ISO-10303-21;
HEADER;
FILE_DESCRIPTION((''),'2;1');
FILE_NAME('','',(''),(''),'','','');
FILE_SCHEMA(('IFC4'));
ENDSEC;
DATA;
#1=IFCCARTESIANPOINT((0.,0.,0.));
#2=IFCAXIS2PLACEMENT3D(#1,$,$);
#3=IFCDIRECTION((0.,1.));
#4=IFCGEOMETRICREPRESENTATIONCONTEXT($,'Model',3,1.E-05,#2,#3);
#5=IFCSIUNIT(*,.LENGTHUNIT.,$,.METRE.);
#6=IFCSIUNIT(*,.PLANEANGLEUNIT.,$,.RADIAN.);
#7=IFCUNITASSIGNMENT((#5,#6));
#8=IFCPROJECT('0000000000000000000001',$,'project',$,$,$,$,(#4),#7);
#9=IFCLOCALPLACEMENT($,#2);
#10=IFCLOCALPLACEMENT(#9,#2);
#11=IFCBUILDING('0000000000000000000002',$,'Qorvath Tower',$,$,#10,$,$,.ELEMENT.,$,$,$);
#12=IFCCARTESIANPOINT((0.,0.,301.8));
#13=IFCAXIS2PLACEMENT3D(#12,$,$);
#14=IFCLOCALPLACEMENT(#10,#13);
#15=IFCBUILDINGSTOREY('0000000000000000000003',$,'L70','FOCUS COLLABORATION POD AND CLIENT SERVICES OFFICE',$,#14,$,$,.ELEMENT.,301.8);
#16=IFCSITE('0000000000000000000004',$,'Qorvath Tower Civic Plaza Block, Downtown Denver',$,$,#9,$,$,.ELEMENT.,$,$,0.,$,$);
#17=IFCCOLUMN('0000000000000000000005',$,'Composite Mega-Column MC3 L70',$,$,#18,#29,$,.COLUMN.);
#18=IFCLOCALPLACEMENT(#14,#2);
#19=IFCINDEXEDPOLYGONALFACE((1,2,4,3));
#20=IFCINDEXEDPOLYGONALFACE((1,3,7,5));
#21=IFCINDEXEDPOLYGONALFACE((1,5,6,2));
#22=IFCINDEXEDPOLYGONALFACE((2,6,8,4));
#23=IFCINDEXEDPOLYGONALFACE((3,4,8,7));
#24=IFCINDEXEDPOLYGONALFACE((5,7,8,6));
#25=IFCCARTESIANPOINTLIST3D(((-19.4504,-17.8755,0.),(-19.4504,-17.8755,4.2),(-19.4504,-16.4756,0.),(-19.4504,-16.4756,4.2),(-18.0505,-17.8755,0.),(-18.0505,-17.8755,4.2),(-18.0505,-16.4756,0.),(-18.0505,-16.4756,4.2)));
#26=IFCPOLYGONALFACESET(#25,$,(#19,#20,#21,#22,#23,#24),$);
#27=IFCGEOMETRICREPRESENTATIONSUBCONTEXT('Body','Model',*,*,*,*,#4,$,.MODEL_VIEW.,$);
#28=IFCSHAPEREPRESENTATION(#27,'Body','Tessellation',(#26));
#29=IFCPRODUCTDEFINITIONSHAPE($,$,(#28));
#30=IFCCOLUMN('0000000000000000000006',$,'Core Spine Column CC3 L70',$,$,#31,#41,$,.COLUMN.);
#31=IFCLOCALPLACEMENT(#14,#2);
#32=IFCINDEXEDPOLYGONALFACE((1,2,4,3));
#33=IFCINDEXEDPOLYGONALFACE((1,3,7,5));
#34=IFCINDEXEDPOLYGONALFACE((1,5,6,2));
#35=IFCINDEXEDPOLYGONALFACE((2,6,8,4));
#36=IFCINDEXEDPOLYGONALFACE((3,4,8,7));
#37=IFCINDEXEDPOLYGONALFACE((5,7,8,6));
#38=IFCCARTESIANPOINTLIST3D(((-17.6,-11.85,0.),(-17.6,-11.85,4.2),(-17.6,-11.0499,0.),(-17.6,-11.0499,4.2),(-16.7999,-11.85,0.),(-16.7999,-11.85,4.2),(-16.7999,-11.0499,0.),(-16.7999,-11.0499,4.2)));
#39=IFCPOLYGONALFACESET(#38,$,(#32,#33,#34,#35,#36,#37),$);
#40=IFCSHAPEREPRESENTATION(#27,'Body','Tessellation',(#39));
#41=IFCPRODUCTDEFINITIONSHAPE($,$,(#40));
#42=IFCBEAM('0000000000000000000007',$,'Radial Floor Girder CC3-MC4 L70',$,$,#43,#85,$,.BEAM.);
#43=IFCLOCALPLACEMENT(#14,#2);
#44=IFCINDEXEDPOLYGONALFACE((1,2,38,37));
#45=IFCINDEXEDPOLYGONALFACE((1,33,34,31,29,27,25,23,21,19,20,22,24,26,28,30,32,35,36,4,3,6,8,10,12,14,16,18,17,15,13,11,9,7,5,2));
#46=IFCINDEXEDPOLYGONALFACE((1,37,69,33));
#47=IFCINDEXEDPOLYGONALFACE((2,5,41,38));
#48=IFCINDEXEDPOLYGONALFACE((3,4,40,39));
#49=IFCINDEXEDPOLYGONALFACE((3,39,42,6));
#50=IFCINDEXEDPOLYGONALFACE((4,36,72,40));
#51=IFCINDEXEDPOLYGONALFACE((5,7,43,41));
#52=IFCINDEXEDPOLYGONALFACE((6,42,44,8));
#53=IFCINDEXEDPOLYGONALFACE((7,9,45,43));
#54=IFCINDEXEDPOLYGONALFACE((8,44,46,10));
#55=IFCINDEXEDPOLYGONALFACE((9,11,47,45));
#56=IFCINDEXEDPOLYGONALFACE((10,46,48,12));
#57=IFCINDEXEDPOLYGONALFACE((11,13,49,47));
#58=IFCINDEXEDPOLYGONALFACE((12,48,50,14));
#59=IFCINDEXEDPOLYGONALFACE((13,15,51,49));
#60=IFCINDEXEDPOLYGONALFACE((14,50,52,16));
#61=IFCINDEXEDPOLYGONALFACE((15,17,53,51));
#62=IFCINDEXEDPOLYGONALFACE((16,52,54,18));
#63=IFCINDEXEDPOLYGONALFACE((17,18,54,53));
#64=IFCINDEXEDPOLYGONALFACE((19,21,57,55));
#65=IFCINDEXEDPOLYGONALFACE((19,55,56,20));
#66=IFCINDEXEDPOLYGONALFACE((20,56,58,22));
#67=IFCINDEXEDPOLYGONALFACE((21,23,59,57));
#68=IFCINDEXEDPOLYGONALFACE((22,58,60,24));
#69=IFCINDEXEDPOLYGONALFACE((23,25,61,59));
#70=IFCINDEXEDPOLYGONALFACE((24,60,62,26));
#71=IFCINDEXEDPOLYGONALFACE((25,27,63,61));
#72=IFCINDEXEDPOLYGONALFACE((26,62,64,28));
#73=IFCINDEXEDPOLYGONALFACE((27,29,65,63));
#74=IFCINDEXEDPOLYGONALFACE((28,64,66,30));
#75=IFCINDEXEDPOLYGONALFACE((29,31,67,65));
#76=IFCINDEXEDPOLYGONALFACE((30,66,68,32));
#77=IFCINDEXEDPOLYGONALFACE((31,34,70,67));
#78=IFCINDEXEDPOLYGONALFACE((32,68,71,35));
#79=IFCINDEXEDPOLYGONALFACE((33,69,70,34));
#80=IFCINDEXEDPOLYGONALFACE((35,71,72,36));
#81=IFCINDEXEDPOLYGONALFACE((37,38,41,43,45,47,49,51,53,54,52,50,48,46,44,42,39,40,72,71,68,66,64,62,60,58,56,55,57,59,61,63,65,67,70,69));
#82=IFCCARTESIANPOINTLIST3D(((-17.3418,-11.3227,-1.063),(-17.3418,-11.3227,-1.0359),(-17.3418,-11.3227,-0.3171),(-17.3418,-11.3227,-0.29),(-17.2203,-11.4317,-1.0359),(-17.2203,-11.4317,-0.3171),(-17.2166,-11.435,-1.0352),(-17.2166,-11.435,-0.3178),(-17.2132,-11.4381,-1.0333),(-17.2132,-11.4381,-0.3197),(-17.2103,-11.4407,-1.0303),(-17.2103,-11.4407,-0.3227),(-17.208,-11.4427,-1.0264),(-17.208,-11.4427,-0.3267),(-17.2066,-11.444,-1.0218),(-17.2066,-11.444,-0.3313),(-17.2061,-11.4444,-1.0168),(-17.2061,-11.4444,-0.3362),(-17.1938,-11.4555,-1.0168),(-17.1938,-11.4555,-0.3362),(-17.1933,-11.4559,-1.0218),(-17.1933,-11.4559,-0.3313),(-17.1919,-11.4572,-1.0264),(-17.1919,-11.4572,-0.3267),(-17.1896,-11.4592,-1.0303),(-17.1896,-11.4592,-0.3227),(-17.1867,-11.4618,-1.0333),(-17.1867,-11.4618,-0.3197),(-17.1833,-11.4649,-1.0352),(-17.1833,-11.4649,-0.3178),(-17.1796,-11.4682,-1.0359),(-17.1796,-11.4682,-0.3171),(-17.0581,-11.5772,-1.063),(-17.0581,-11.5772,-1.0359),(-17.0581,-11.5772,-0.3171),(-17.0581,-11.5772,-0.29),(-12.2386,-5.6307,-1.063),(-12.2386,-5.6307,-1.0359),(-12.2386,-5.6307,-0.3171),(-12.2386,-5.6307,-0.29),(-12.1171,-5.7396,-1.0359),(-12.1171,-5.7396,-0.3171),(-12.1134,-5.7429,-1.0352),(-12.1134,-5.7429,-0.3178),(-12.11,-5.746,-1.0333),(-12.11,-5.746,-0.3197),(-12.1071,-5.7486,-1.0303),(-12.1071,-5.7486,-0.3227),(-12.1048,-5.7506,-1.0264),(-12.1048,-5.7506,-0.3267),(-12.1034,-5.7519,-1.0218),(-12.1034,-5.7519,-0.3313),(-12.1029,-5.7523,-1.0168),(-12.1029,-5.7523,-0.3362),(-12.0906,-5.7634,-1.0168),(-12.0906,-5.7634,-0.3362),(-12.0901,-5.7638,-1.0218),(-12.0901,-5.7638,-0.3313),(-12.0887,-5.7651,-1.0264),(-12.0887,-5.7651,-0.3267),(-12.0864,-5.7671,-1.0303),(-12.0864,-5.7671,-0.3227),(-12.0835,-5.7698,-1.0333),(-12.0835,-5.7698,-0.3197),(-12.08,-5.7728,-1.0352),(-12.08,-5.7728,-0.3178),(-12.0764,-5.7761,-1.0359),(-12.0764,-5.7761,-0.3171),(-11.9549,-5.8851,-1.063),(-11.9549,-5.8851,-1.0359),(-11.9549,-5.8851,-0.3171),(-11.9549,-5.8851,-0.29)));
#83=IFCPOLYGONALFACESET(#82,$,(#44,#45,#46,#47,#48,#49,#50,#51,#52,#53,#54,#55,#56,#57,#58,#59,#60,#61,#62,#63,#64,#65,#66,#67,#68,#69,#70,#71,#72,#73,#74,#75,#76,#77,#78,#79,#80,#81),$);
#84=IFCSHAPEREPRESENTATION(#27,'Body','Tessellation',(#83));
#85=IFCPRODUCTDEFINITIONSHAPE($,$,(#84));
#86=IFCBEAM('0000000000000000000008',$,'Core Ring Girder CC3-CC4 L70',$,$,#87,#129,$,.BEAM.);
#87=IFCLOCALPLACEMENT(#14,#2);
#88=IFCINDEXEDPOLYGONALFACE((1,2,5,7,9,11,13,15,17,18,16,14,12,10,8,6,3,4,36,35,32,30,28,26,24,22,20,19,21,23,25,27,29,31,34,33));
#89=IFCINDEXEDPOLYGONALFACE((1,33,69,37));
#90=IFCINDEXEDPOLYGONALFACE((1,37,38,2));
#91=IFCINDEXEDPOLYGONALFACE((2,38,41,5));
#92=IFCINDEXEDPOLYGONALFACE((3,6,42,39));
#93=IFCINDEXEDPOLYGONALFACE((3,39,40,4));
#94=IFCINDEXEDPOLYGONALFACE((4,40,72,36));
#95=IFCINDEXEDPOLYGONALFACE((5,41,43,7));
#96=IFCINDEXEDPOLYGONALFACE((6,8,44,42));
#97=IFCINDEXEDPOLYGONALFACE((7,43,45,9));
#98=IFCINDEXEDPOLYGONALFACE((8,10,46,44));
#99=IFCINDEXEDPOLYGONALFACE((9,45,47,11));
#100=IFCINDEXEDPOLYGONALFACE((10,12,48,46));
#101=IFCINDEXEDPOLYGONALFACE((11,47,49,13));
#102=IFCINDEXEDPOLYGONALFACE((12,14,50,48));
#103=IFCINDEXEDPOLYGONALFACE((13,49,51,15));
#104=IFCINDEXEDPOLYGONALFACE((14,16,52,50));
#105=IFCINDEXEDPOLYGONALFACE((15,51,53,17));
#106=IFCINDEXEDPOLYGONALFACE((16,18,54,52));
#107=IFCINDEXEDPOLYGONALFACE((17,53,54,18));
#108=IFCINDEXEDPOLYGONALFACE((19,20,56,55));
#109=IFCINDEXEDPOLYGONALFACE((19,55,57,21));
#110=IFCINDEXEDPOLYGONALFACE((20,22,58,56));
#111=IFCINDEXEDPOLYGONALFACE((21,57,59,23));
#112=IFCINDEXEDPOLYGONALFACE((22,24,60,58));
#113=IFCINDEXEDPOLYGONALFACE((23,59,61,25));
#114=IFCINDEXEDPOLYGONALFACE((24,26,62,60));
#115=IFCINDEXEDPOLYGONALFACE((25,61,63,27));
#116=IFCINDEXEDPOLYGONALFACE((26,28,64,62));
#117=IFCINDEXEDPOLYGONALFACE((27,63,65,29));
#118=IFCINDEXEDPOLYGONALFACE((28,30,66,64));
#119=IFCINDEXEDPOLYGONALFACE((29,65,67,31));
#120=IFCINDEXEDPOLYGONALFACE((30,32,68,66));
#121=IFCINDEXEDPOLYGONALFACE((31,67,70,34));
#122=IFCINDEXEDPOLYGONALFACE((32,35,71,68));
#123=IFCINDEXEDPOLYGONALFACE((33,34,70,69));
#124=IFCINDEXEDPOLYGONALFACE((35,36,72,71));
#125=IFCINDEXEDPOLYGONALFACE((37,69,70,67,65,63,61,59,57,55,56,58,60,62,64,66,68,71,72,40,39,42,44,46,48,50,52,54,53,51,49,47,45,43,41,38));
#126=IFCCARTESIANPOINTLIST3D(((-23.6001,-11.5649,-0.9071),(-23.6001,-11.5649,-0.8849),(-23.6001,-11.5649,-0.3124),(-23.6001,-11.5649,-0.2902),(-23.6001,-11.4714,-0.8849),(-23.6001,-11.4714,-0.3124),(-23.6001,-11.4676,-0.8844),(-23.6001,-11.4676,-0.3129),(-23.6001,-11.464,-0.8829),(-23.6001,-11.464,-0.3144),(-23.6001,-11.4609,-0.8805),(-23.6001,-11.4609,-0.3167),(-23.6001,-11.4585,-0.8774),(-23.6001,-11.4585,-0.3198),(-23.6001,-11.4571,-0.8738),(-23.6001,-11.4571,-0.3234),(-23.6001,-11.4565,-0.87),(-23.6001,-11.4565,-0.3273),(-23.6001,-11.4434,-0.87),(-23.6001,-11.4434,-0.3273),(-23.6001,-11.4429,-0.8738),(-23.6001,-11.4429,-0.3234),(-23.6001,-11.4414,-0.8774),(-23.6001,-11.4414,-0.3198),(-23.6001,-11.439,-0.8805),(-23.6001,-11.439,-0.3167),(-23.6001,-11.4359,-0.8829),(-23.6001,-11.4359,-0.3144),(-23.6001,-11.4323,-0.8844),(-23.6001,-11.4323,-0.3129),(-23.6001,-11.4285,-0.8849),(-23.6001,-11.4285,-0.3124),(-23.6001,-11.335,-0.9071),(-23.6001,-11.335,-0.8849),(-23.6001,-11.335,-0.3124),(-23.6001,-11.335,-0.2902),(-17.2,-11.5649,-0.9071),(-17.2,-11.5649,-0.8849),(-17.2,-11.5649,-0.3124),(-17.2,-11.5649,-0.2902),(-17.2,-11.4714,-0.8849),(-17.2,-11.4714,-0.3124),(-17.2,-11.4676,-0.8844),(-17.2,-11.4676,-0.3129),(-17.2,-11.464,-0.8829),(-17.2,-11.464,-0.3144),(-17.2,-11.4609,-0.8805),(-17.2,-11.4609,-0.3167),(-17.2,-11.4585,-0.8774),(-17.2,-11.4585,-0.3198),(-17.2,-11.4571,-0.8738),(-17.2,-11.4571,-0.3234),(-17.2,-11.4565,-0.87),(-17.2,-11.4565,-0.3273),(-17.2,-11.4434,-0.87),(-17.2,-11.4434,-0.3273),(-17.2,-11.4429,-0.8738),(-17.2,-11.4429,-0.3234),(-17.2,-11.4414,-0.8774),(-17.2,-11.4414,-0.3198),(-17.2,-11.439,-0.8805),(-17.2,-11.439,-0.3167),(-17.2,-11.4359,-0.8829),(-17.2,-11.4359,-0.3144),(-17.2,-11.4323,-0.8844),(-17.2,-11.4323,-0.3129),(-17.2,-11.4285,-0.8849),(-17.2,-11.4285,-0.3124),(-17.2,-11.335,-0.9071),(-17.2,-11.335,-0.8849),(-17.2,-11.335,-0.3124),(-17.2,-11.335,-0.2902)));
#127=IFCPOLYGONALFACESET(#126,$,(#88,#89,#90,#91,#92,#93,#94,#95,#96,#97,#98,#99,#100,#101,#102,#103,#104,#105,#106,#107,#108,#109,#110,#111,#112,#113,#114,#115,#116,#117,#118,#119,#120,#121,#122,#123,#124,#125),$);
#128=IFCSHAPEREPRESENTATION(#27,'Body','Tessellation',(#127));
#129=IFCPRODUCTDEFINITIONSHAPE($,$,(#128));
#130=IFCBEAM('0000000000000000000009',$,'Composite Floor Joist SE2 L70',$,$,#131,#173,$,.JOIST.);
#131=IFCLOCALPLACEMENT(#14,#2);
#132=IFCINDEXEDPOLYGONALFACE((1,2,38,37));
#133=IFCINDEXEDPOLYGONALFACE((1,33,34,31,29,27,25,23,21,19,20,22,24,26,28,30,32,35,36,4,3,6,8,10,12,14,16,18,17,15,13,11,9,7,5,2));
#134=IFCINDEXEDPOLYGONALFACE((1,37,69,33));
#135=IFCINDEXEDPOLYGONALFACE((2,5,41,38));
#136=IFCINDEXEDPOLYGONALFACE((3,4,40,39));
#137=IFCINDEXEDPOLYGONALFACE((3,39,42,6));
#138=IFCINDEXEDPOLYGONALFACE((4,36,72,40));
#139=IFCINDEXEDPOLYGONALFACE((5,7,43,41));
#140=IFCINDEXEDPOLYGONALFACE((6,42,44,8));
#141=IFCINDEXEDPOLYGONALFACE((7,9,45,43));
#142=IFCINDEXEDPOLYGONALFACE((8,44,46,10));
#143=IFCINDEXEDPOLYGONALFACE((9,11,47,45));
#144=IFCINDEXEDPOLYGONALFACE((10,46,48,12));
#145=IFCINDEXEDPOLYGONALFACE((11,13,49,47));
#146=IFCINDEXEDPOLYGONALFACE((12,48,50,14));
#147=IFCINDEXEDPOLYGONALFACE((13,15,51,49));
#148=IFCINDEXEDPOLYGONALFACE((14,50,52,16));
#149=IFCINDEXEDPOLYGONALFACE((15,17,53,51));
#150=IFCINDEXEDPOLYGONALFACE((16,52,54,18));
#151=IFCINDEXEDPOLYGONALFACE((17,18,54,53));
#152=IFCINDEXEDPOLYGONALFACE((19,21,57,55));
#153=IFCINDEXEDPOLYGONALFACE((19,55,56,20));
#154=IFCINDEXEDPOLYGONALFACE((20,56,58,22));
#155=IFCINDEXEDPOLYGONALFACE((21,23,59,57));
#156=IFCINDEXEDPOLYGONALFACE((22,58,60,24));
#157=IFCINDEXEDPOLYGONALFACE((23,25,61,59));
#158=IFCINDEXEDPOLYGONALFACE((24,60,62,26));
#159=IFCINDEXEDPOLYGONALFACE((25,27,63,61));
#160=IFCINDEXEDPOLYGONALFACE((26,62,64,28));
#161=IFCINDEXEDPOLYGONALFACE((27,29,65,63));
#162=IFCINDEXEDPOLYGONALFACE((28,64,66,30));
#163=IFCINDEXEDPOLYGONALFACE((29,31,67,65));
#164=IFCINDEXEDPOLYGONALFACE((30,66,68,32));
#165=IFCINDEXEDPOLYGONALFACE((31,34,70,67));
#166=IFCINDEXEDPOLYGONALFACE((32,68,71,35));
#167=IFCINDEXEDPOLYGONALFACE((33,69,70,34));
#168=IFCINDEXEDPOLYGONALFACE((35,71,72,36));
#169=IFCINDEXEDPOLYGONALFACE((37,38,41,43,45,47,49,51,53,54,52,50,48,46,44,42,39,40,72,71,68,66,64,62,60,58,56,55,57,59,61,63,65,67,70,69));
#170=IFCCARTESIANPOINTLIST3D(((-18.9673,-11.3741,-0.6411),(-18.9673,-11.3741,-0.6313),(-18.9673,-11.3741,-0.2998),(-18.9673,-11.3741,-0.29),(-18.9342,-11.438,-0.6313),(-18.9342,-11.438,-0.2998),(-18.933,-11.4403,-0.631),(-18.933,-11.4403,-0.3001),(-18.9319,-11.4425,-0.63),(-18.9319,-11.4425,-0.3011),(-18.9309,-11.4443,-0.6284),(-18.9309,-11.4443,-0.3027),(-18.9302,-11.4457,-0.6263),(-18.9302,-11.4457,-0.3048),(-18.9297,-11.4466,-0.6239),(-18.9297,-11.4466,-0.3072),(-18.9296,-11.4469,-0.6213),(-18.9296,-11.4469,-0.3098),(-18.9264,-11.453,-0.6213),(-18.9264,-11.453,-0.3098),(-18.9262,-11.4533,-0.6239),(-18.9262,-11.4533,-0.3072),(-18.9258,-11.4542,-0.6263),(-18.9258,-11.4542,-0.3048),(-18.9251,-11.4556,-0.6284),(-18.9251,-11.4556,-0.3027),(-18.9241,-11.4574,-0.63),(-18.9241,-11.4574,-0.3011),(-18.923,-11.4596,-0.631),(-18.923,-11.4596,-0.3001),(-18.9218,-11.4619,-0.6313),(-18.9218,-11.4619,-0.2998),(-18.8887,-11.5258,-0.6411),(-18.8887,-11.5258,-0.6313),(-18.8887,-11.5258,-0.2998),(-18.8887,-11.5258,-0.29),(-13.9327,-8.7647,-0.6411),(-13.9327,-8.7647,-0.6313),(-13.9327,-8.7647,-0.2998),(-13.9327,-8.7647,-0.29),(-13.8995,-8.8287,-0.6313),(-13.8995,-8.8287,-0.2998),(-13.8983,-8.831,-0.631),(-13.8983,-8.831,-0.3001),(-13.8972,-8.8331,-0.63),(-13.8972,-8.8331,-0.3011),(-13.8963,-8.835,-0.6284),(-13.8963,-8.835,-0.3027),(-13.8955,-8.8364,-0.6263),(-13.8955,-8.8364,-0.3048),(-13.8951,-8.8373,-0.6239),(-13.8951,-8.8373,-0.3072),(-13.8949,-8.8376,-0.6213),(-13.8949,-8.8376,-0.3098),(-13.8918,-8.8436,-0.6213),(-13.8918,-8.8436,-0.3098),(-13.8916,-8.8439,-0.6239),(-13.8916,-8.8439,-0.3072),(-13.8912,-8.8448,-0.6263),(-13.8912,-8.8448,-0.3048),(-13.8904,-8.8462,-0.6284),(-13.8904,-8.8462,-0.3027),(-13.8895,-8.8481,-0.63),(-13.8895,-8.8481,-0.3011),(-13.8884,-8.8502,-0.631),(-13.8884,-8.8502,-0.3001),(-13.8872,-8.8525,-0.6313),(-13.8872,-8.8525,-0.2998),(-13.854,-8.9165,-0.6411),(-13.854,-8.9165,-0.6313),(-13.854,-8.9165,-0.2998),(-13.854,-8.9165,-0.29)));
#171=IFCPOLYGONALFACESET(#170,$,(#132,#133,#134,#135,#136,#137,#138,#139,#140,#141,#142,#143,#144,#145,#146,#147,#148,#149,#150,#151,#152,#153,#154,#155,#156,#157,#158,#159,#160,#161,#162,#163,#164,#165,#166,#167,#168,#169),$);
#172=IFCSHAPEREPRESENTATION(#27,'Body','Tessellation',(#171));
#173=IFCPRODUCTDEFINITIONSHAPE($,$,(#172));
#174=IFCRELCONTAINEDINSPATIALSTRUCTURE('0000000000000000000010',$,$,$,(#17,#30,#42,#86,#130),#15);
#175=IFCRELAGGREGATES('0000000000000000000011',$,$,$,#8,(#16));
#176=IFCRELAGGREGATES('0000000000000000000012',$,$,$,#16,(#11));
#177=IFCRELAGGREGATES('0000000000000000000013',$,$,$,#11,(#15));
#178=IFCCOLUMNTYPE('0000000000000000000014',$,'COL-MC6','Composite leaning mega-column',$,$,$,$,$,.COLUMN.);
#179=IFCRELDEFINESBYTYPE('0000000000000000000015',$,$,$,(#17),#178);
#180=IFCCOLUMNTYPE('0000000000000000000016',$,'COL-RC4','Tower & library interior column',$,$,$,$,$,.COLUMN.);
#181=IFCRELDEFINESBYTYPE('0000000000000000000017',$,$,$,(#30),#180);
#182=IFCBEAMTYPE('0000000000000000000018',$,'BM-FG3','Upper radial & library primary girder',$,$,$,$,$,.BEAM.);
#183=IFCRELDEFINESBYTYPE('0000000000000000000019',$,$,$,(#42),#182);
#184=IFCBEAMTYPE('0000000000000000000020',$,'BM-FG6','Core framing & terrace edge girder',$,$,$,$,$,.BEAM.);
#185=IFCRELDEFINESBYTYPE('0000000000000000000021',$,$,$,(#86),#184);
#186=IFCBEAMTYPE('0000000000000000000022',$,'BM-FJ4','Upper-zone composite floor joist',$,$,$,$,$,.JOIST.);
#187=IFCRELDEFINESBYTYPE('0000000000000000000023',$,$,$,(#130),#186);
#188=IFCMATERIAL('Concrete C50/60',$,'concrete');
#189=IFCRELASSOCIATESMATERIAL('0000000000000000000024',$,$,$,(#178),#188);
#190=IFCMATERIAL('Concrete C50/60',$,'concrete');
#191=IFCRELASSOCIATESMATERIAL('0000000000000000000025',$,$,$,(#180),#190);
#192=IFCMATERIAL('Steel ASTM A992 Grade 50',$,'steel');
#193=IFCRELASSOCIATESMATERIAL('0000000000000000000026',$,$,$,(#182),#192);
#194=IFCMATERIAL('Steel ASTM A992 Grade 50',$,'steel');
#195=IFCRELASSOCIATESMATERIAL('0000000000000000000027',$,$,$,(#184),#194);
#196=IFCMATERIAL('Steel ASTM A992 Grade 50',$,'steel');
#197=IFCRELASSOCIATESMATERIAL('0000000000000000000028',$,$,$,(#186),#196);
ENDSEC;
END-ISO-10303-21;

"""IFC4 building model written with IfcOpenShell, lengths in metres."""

from ifc_helpers import new_model, si_unit, direction, frame, origin, origin_2d, place, context, subcontext, project, spatial, rectangle, i_section, extrude, material, material_profile, profile_set, type_object, element, save


model = new_model("IFC4")

# Units and contexts
model_context = context("Model", 3, precision=1e-05, world=origin(), true_north=direction((0.0, 1.0)))
body_context = subcontext(model_context, "Body", "Model", "MODEL_VIEW")
ifc_project = project(units=[si_unit("LENGTHUNIT", "METRE"), si_unit("PLANEANGLEUNIT", "RADIAN")], contexts=[model_context])

# Site, building, storey
site_placement = place(None, origin())
site = spatial("IfcSite", under=ifc_project, at=site_placement, Name="Qorvath Tower Civic Plaza Block, Downtown Denver", CompositionType="ELEMENT", RefElevation=0.0)
building_placement = place(site_placement, origin())
building = spatial("IfcBuilding", under=site, at=building_placement, Name="Qorvath Tower", CompositionType="ELEMENT")
storey_placement = place(building_placement, frame((0.0, 0.0, 301.8)))
storey = spatial("IfcBuildingStorey", under=building, at=storey_placement, Name="L70", Description="FOCUS COLLABORATION POD AND CLIENT SERVICES OFFICE", CompositionType="ELEMENT", Elevation=301.8)

# Columns
ifc_material_1 = material(Name="Concrete C50/60", Category="concrete")
ifc_material_profile_1 = material_profile(ifc_material_1, rectangle(XDim=1.3999, YDim=1.3999, at=origin_2d()), Name="MC 1400x1400")
ifc_profile_set_1 = profile_set([ifc_material_profile_1], Name="Concrete C50/60")
column_type_1 = type_object("IfcColumnType", Name="COL-MC6", Description="Composite leaning mega-column", PredefinedType="COLUMN", material=ifc_profile_set_1)
column_1_placement = place(storey_placement, frame((-18.7505, -17.1755, 0.0), z_axis=(0.0, 0.0, 1.0), x_axis=(1.0, 0.0, 0.0)))
element("IfcColumn", 1, at=column_1_placement, inside=storey, type_object=column_type_1, Name="Composite Mega-Column MC3 L70", PredefinedType="COLUMN", context=body_context, shape_type="SweptSolid", body=[
    extrude(rectangle(XDim=1.3999, YDim=1.3999, at=origin_2d()), origin(), (0.0, 0.0, 1.0), 4.2),
])
ifc_material_2 = material(Name="Concrete C50/60", Category="concrete")
ifc_material_profile_2 = material_profile(ifc_material_2, rectangle(XDim=0.8, YDim=0.8, at=origin_2d()), Name="RC 800x800")
ifc_profile_set_2 = profile_set([ifc_material_profile_2], Name="Concrete C50/60")
column_type_2 = type_object("IfcColumnType", Name="COL-RC4", Description="Tower & library interior column", PredefinedType="COLUMN", material=ifc_profile_set_2)
column_2_placement = place(storey_placement, frame((-17.2, -11.45, 0.0), z_axis=(0.0, 0.0, 1.0), x_axis=(1.0, 0.0, 0.0)))
element("IfcColumn", 2, at=column_2_placement, inside=storey, type_object=column_type_2, Name="Core Spine Column CC3 L70", PredefinedType="COLUMN", context=body_context, shape_type="SweptSolid", body=[
    extrude(rectangle(XDim=0.8, YDim=0.8, at=origin_2d()), origin(), (0.0, 0.0, 1.0), 4.2),
])

# Beams
ifc_material_3 = material(Name="Steel ASTM A992 Grade 50", Category="steel")
ifc_material_profile_3 = material_profile(ifc_material_3, i_section(OverallWidth=0.3811, OverallDepth=0.7729, WebThickness=0.0166, FlangeThickness=0.0271, FilletRadius=0.019, at=origin_2d()), Name="W30x173")
ifc_profile_set_3 = profile_set([ifc_material_profile_3], Name="Steel ASTM A992 Grade 50")
beam_type_1 = type_object("IfcBeamType", Name="BM-FG3", Description="Upper radial & library primary girder", PredefinedType="BEAM", material=ifc_profile_set_3)
beam_1_placement = place(storey_placement, frame((-17.2, -11.45, -0.6765), z_axis=(0.667543, 0.744571, 0.0), x_axis=(-0.744571, 0.667543, 0.0)))
element("IfcBeam", 3, at=beam_1_placement, inside=storey, type_object=beam_type_1, Name="Radial Floor Girder CC3-MC4 L70", PredefinedType="BEAM", context=body_context, shape_type="SweptSolid", body=[
    extrude(i_section(OverallWidth=0.3811, OverallDepth=0.7729, WebThickness=0.0166, FlangeThickness=0.0271, FilletRadius=0.019, at=origin_2d()), origin(), (0.0, 0.0, 1.0), 7.6448),
])
ifc_material_4 = material(Name="Steel ASTM A992 Grade 50", Category="steel")
ifc_material_profile_4 = material_profile(ifc_material_4, i_section(OverallWidth=0.23, OverallDepth=0.6169, WebThickness=0.0132, FlangeThickness=0.0222, FilletRadius=0.0149, at=origin_2d()), Name="W24x94")
ifc_profile_set_4 = profile_set([ifc_material_profile_4], Name="Steel ASTM A992 Grade 50")
beam_type_2 = type_object("IfcBeamType", Name="BM-FG6", Description="Core framing & terrace edge girder", PredefinedType="BEAM", material=ifc_profile_set_4)
beam_2_placement = place(storey_placement, frame((-17.2, -11.45, -0.5986), z_axis=(-1.0, 0.0, 0.0), x_axis=(0.0, -1.0, 0.0)))
element("IfcBeam", 4, at=beam_2_placement, inside=storey, type_object=beam_type_2, Name="Core Ring Girder CC3-CC4 L70", PredefinedType="BEAM", context=body_context, shape_type="SweptSolid", body=[
    extrude(i_section(OverallWidth=0.23, OverallDepth=0.6169, WebThickness=0.0132, FlangeThickness=0.0222, FilletRadius=0.0149, at=origin_2d()), origin(), (0.0, 0.0, 1.0), 6.4001),
])
ifc_material_5 = material(Name="Steel ASTM A992 Grade 50", Category="steel")
ifc_material_profile_5 = material_profile(ifc_material_5, i_section(OverallWidth=0.1709, OverallDepth=0.3511, WebThickness=0.0068, FlangeThickness=0.0098, FilletRadius=0.01, at=origin_2d()), Name="W14x30")
ifc_profile_set_5 = profile_set([ifc_material_profile_5], Name="Steel ASTM A992 Grade 50")
beam_type_3 = type_object("IfcBeamType", Name="BM-FJ4", Description="Upper-zone composite floor joist", PredefinedType="JOIST", material=ifc_profile_set_5)
beam_3_placement = place(storey_placement, frame((-18.928, -11.45, -0.4656), z_axis=(0.887841, 0.460151, 0.0), x_axis=(-0.460151, 0.887841, 0.0)))
element("IfcBeam", 5, at=beam_3_placement, inside=storey, type_object=beam_type_3, Name="Composite Floor Joist SE2 L70", PredefinedType="JOIST", context=body_context, shape_type="SweptSolid", body=[
    extrude(i_section(OverallWidth=0.1709, OverallDepth=0.3511, WebThickness=0.0068, FlangeThickness=0.0098, FilletRadius=0.01, at=origin_2d()), origin(), (0.0, 0.0, 1.0), 5.6707),
])

save(model, "model.ifc")
